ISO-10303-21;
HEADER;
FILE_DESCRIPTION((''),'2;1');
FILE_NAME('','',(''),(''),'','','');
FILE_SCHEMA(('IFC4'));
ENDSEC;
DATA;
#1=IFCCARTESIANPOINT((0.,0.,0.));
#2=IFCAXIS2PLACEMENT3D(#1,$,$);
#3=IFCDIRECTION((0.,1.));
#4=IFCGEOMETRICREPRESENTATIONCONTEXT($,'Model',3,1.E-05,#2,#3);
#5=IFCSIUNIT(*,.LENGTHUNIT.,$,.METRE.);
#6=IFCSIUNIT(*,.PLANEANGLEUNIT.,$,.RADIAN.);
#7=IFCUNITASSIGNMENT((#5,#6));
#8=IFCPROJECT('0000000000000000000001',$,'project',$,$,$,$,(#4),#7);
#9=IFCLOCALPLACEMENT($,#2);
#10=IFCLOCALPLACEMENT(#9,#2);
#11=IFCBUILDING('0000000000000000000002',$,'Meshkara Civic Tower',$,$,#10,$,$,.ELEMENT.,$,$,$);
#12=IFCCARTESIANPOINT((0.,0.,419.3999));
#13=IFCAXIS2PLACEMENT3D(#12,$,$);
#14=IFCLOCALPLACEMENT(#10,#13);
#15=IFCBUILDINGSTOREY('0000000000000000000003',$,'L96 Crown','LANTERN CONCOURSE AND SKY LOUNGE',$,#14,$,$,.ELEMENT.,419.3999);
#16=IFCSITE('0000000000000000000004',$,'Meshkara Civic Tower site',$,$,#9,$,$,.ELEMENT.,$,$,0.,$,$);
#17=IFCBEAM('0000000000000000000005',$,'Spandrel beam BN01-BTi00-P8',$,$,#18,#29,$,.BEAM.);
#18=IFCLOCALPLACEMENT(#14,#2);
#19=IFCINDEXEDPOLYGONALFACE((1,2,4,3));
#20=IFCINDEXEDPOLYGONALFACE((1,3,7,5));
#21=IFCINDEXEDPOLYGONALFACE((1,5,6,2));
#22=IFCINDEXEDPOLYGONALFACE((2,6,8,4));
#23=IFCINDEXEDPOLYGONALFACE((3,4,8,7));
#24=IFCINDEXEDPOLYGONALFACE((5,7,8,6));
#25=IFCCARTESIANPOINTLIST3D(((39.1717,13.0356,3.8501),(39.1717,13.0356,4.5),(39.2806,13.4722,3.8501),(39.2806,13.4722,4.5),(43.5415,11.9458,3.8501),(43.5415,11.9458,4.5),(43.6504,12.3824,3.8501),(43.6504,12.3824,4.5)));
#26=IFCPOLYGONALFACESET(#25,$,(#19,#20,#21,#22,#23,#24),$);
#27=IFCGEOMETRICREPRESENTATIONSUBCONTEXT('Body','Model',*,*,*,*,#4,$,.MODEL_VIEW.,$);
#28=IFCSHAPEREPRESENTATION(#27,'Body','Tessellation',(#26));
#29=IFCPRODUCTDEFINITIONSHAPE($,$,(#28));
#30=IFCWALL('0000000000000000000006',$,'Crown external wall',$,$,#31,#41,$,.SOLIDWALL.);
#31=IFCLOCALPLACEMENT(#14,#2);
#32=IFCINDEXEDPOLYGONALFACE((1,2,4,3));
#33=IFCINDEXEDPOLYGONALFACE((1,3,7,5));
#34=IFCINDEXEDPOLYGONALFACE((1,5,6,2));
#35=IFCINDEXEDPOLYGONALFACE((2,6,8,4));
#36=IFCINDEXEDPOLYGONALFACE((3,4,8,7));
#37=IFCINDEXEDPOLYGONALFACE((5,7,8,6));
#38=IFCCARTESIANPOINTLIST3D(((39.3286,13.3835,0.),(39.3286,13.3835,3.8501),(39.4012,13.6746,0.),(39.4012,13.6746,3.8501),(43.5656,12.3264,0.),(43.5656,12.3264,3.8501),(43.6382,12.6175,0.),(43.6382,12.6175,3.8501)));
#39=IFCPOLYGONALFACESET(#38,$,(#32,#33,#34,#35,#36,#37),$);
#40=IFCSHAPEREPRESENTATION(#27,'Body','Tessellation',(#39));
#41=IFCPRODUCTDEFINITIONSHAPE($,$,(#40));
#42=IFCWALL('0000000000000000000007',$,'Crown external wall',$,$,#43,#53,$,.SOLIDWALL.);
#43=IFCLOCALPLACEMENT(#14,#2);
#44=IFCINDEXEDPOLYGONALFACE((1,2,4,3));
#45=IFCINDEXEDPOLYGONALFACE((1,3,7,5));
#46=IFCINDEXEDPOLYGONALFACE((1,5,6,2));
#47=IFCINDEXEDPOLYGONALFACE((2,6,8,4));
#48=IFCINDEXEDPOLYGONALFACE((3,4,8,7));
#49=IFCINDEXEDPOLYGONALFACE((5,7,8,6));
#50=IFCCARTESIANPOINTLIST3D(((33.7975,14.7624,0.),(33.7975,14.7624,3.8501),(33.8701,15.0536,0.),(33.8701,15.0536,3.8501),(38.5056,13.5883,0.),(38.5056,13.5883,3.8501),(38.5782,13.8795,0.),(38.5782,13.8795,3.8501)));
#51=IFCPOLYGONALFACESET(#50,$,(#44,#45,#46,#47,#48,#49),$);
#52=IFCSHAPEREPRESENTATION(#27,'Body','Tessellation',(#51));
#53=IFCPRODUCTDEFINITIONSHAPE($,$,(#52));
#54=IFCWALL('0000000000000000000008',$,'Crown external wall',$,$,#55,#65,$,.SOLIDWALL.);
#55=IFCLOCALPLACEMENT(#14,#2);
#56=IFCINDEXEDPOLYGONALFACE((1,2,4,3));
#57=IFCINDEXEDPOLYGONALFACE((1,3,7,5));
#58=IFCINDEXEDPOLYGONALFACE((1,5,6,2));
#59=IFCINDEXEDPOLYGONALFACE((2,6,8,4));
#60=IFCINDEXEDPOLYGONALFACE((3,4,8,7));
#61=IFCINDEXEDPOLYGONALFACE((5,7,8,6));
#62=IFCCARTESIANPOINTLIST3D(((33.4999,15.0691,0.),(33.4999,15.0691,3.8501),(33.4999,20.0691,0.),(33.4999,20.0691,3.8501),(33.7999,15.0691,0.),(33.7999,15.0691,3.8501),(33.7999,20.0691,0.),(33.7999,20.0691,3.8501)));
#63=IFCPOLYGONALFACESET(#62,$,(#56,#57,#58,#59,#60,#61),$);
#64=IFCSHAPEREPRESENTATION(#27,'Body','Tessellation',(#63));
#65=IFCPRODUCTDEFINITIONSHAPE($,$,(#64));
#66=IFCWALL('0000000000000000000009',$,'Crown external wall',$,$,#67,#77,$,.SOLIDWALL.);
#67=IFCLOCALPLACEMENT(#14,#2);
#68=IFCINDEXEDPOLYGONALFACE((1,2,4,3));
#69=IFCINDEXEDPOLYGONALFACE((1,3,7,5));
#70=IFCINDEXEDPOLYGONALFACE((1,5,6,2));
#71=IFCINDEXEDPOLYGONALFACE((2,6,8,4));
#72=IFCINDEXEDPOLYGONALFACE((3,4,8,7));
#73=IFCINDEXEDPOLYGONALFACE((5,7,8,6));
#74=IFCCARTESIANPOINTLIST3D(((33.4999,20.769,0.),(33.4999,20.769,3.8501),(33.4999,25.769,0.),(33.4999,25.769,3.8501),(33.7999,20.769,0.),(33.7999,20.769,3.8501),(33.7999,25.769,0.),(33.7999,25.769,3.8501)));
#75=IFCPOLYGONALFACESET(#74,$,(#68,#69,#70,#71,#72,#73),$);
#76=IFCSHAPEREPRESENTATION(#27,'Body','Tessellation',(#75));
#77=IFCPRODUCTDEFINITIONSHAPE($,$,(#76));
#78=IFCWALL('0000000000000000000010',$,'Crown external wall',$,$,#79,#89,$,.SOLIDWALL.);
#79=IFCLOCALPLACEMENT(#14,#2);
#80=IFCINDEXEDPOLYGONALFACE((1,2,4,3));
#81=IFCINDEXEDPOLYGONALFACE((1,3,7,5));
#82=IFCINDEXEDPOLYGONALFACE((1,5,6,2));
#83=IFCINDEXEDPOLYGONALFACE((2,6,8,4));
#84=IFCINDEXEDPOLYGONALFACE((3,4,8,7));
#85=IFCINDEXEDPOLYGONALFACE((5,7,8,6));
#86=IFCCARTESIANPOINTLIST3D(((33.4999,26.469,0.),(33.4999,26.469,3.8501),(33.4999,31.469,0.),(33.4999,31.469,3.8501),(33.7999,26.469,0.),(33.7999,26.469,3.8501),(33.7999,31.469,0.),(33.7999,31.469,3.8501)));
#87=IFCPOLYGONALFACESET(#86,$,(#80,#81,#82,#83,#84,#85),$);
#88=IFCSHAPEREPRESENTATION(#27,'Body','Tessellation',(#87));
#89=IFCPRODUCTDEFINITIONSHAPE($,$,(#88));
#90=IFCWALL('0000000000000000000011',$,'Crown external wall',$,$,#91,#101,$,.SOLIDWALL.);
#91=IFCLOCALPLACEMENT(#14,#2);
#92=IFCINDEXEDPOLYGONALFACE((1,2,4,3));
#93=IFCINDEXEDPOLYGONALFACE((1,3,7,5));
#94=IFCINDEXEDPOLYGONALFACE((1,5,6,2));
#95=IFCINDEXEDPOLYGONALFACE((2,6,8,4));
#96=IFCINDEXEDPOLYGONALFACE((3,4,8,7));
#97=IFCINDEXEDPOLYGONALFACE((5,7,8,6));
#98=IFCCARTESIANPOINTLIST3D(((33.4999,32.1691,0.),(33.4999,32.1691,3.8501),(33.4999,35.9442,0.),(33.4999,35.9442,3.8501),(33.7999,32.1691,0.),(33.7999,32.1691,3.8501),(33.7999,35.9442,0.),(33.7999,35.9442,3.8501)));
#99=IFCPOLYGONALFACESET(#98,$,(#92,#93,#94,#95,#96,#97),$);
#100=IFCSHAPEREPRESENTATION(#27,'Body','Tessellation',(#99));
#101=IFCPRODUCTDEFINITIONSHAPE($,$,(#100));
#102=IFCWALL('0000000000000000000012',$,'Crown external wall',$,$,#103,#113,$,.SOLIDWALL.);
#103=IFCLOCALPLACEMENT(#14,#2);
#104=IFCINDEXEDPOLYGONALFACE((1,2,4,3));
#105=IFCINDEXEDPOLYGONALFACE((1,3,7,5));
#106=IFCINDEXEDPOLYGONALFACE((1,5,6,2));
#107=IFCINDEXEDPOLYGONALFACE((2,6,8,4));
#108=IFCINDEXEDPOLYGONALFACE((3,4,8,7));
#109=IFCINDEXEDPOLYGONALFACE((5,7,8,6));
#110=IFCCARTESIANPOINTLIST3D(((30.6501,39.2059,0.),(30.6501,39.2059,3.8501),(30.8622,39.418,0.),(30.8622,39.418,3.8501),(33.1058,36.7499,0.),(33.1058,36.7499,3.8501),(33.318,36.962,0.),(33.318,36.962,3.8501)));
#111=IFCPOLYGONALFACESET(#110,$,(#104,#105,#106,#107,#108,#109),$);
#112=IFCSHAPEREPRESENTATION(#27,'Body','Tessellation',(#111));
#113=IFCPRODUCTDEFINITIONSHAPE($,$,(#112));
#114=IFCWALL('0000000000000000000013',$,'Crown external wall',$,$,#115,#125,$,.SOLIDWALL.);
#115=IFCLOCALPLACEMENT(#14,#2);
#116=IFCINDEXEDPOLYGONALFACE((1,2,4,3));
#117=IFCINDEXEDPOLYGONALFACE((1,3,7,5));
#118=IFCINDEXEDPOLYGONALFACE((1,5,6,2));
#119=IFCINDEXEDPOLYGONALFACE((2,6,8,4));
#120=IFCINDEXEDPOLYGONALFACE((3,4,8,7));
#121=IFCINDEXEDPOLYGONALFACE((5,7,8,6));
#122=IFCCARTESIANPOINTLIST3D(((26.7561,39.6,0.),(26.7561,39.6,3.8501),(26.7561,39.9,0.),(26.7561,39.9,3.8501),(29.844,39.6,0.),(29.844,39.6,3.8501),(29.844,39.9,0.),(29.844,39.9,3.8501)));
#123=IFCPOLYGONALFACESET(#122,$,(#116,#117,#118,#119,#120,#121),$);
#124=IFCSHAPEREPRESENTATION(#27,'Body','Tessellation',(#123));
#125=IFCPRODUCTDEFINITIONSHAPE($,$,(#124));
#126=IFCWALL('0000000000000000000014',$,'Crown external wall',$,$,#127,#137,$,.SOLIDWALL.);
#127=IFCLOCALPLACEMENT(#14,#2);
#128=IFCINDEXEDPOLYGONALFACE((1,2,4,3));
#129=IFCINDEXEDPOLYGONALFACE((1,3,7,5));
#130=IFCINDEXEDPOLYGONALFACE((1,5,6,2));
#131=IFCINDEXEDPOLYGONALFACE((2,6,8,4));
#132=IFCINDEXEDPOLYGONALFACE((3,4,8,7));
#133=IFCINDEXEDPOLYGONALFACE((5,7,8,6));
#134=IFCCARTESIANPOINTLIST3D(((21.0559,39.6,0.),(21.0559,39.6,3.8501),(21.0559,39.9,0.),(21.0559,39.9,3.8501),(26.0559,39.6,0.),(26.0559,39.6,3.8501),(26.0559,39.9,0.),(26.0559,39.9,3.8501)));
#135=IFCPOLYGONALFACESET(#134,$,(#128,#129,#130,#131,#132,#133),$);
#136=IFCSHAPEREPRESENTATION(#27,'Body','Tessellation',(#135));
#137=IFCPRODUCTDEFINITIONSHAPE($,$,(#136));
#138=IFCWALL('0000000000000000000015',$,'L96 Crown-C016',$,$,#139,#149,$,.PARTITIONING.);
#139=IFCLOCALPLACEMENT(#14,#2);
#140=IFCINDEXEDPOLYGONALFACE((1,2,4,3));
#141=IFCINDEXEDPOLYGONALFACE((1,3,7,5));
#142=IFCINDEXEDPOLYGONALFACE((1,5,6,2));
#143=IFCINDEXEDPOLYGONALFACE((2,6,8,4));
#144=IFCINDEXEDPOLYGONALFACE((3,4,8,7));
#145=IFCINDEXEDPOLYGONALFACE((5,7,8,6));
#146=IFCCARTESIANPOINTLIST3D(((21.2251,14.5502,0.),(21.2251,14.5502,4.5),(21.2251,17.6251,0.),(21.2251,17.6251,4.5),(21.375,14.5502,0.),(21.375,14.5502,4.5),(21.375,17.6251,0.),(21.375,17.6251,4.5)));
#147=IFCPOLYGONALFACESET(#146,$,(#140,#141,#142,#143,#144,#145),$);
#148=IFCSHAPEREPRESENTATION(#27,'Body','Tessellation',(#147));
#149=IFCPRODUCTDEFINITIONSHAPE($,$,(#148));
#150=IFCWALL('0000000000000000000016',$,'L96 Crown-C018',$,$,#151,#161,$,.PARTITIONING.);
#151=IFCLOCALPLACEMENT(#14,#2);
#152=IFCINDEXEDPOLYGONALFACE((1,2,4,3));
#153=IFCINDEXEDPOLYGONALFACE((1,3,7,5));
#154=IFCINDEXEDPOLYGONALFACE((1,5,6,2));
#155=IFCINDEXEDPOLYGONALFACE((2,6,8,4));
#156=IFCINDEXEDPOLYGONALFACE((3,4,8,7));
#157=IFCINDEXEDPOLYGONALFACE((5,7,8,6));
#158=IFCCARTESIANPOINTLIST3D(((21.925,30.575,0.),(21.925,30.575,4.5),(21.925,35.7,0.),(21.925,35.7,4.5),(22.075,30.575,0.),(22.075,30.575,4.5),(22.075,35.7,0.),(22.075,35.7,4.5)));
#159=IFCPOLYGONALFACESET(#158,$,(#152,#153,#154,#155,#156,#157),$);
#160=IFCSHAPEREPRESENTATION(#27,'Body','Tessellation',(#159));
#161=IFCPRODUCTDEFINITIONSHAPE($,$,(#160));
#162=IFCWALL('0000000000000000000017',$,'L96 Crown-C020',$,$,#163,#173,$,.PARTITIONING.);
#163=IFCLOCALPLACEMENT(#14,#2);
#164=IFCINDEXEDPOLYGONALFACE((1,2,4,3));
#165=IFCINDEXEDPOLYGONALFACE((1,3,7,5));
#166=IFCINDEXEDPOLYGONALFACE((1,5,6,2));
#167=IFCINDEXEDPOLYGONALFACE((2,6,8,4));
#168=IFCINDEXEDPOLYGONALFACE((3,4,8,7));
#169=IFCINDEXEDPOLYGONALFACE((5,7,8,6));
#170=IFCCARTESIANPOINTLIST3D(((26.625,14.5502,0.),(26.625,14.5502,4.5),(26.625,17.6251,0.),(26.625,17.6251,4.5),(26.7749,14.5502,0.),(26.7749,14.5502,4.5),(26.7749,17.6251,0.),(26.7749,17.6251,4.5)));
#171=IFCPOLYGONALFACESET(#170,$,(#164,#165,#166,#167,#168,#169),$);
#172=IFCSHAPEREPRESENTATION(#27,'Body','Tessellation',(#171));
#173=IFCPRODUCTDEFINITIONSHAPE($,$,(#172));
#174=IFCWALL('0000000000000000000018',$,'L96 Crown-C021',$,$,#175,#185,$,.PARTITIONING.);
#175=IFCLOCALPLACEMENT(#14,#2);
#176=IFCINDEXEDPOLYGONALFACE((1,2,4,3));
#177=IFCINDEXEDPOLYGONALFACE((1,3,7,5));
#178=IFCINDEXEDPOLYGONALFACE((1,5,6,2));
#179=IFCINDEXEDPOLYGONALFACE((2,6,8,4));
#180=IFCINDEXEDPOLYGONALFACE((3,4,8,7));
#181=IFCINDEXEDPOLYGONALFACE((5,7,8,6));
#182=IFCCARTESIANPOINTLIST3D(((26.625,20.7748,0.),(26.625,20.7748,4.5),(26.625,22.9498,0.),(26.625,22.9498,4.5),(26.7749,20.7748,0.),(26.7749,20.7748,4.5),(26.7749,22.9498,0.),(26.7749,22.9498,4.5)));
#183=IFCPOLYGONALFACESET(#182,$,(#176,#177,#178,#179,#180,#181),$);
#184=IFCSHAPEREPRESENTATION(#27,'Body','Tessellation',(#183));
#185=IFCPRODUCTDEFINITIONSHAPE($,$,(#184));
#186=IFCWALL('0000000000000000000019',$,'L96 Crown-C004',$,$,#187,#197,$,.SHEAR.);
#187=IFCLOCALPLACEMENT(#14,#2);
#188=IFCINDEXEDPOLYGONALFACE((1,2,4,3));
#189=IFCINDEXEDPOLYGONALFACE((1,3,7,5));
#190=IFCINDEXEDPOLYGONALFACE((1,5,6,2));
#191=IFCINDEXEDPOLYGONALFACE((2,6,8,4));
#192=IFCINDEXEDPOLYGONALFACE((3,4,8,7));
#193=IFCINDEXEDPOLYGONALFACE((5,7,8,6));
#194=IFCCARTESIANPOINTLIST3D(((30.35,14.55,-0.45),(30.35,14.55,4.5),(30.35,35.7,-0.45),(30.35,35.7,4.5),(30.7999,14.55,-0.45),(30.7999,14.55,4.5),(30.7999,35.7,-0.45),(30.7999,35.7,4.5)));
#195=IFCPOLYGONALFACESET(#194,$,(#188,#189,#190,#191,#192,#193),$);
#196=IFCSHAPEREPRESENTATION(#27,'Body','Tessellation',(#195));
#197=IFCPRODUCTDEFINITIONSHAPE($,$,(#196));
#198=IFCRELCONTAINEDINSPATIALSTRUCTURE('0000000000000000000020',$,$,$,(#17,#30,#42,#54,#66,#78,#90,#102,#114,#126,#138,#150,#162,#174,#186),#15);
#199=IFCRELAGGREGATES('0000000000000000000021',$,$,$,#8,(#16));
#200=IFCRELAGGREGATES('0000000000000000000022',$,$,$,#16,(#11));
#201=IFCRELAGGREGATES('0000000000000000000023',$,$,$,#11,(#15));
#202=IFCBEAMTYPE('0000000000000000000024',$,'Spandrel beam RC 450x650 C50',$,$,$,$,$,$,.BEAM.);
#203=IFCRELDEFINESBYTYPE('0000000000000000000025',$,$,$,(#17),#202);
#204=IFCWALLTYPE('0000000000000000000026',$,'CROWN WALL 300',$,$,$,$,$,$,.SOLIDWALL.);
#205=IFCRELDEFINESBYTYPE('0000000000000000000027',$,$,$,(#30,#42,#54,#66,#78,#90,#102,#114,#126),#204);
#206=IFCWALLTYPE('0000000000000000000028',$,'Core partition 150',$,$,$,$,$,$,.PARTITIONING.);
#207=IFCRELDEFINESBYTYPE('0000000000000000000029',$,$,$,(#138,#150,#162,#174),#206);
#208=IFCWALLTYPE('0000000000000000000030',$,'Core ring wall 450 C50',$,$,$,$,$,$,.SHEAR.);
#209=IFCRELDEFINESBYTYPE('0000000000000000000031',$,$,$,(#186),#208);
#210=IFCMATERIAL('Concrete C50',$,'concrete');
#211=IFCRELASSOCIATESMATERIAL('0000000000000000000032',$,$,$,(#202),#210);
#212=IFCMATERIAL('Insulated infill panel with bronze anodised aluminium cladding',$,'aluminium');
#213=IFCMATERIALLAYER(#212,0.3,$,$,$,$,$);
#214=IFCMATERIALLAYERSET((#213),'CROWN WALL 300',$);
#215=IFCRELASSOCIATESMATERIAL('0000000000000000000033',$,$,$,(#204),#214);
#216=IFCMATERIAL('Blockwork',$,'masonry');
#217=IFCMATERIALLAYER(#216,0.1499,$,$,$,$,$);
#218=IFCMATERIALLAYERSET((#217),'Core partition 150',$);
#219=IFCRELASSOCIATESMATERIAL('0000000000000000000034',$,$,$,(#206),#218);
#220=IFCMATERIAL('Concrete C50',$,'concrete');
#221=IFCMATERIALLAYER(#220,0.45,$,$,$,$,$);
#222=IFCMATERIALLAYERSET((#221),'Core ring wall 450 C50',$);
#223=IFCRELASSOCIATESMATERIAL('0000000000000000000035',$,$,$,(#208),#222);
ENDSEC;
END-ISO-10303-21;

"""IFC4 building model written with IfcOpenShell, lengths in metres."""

from ifc_helpers import new_model, si_unit, direction, frame, frame_2d, origin, origin_2d, place, context, subcontext, project, spatial, rectangle, extrude, material, layer, layer_set, material_profile, profile_set, type_object, element, save


model = new_model("IFC4")

# Units and contexts
model_context = context("Model", 3, precision=1e-05, world=origin(), true_north=direction((0.0, 1.0)))
body_context = subcontext(model_context, "Body", "Model", "MODEL_VIEW")
ifc_project = project(units=[si_unit("LENGTHUNIT", "METRE"), si_unit("PLANEANGLEUNIT", "RADIAN")], contexts=[model_context])

# Site, building, storey
site_placement = place(None, origin())
site = spatial("IfcSite", under=ifc_project, at=site_placement, Name="Meshkara Civic Tower site", CompositionType="ELEMENT", RefElevation=0.0)
building_placement = place(site_placement, origin())
building = spatial("IfcBuilding", under=site, at=building_placement, Name="Meshkara Civic Tower", CompositionType="ELEMENT")
storey_placement = place(building_placement, frame((0.0, 0.0, 419.3999)))
storey = spatial("IfcBuildingStorey", under=building, at=storey_placement, Name="L96 Crown", Description="LANTERN CONCOURSE AND SKY LOUNGE", CompositionType="ELEMENT", Elevation=419.3999)

# Beam
ifc_material_1 = material(Name="Concrete C50", Category="concrete")
ifc_material_profile_1 = material_profile(ifc_material_1, rectangle(XDim=0.45, YDim=0.6499, at=origin_2d()))
ifc_profile_set_1 = profile_set([ifc_material_profile_1], Name="Concrete C50")
beam_type = type_object("IfcBeamType", Name="Spandrel beam RC 450x650 C50", PredefinedType="BEAM", material=ifc_profile_set_1)
beam_1_placement = place(storey_placement, frame((43.5959, 12.1641, 4.175), z_axis=(-0.970279, 0.241987, 0.0), x_axis=(-0.241987, -0.970279, 0.0)))
element("IfcBeam", 1, at=beam_1_placement, inside=storey, type_object=beam_type, Name="Spandrel beam BN01-BTi00-P8", PredefinedType="BEAM", context=body_context, shape_type="SweptSolid", body=[
    extrude(rectangle(XDim=0.45, YDim=0.6499, at=origin_2d()), origin(), (0.0, 0.0, 1.0), 4.5037),
])

# Walls
ifc_material_2 = material(Name="Insulated infill panel with bronze anodised aluminium cladding", Category="aluminium")
ifc_layer_1 = layer(ifc_material_2, 0.3)
ifc_layer_set_1 = layer_set([ifc_layer_1], Name="CROWN WALL 300")
wall_type_1 = type_object("IfcWallType", Name="CROWN WALL 300", PredefinedType="SOLIDWALL", material=ifc_layer_set_1)
wall_1_placement = place(storey_placement, frame((43.6021, 12.4719, 0.0), z_axis=(0.0, 0.0, 1.0), x_axis=(-0.970257, 0.242075, 0.0)))
element("IfcWall", 2, at=wall_1_placement, inside=storey, type_object=wall_type_1, Name="Crown external wall", PredefinedType="SOLIDWALL", context=body_context, shape_type="SweptSolid", body=[
    extrude(rectangle(XDim=4.3669, YDim=0.3, at=frame_2d((2.1836, 0.0))), origin(), (0.0, 0.0, 1.0), 3.8501),
])
wall_2_placement = place(storey_placement, frame((38.542, 13.7339, 0.0), z_axis=(0.0, 0.0, 1.0), x_axis=(-0.970284, 0.241967, 0.0)))
element("IfcWall", 3, at=wall_2_placement, inside=storey, type_object=wall_type_1, Name="Crown external wall", PredefinedType="SOLIDWALL", context=body_context, shape_type="SweptSolid", body=[
    extrude(rectangle(XDim=4.8523, YDim=0.3, at=frame_2d((2.4263, 0.0))), origin(), (0.0, 0.0, 1.0), 3.8501),
])
for number, where, z_axis, x_axis, name in (
    (4, (33.6499, 15.0691, 0.0), (0.0, 0.0, 1.0), (0.0, 1.0, 0.0), "Crown external wall"),
    (5, (33.6499, 20.769, 0.0), (0.0, 0.0, 1.0), (0.0, 1.0, 0.0), "Crown external wall"),
    (6, (33.6499, 26.469, 0.0), (0.0, 0.0, 1.0), (0.0, 1.0, 0.0), "Crown external wall"),
):
    element("IfcWall", number, at=place(storey_placement, frame(where, z_axis=z_axis, x_axis=x_axis)), inside=storey, type_object=wall_type_1, Name=name, PredefinedType="SOLIDWALL", context=body_context, shape_type="SweptSolid", body=[
        extrude(rectangle(XDim=5.0, YDim=0.3, at=frame_2d((2.5, 0.0))), origin(), (0.0, 0.0, 1.0), 3.8501),
    ])
wall_3_placement = place(storey_placement, frame((33.6499, 32.1689, 0.0), z_axis=(0.0, 0.0, 1.0), x_axis=(0.0, 1.0, 0.0)))
element("IfcWall", 7, at=wall_3_placement, inside=storey, type_object=wall_type_1, Name="Crown external wall", PredefinedType="SOLIDWALL", context=body_context, shape_type="SweptSolid", body=[
    extrude(rectangle(XDim=3.7751, YDim=0.3, at=frame_2d((1.8877, 0.0))), origin(), (0.0, 0.0, 1.0), 3.8501),
])
wall_4_placement = place(storey_placement, frame((33.2119, 36.856, 0.0), z_axis=(0.0, 0.0, 1.0), x_axis=(-0.707072, 0.707142, 0.0)))
element("IfcWall", 8, at=wall_4_placement, inside=storey, type_object=wall_type_1, Name="Crown external wall", PredefinedType="SOLIDWALL", context=body_context, shape_type="SweptSolid", body=[
    extrude(rectangle(XDim=3.4731, YDim=0.3, at=frame_2d((1.7366, 0.0))), origin(), (0.0, 0.0, 1.0), 3.8501),
])
wall_5_placement = place(storey_placement, frame((29.844, 39.75, 0.0), z_axis=(0.0, 0.0, 1.0), x_axis=(-1.0, 0.0, 0.0)))
element("IfcWall", 9, at=wall_5_placement, inside=storey, type_object=wall_type_1, Name="Crown external wall", PredefinedType="SOLIDWALL", context=body_context, shape_type="SweptSolid", body=[
    extrude(rectangle(XDim=3.0879, YDim=0.3, at=frame_2d((1.5439, 0.0))), origin(), (0.0, 0.0, 1.0), 3.8501),
])
wall_6_placement = place(storey_placement, frame((26.0559, 39.75, 0.0), z_axis=(0.0, 0.0, 1.0), x_axis=(-1.0, 0.0, 0.0)))
element("IfcWall", 10, at=wall_6_placement, inside=storey, type_object=wall_type_1, Name="Crown external wall", PredefinedType="SOLIDWALL", context=body_context, shape_type="SweptSolid", body=[
    extrude(rectangle(XDim=5.0, YDim=0.3, at=frame_2d((2.5, 0.0))), origin(), (0.0, 0.0, 1.0), 3.8501),
])
ifc_material_3 = material(Name="Blockwork", Category="masonry")
ifc_layer_2 = layer(ifc_material_3, 0.1499)
ifc_layer_set_2 = layer_set([ifc_layer_2], Name="Core partition 150")
wall_type_2 = type_object("IfcWallType", Name="Core partition 150", PredefinedType="PARTITIONING", material=ifc_layer_set_2)
wall_7_placement = place(storey_placement, frame((21.3, 14.55, 0.0), z_axis=(0.0, 0.0, 1.0), x_axis=(0.0, 1.0, 0.0)))
element("IfcWall", 11, at=wall_7_placement, inside=storey, type_object=wall_type_2, Name="L96 Crown-C016", PredefinedType="PARTITIONING", context=body_context, shape_type="SweptSolid", body=[
    extrude(rectangle(XDim=3.075, YDim=0.1499, at=frame_2d((1.5376, 0.0))), origin(), (0.0, 0.0, 1.0), 4.5),
])
wall_8_placement = place(storey_placement, frame((22.0, 30.575, 0.0), z_axis=(0.0, 0.0, 1.0), x_axis=(0.0, 1.0, 0.0)))
element("IfcWall", 12, at=wall_8_placement, inside=storey, type_object=wall_type_2, Name="L96 Crown-C018", PredefinedType="PARTITIONING", context=body_context, shape_type="SweptSolid", body=[
    extrude(rectangle(XDim=5.125, YDim=0.1499, at=frame_2d((2.5625, 0.0))), origin(), (0.0, 0.0, 1.0), 4.5),
])
wall_9_placement = place(storey_placement, frame((26.7, 14.55, 0.0), z_axis=(0.0, 0.0, 1.0), x_axis=(0.0, 1.0, 0.0)))
element("IfcWall", 13, at=wall_9_placement, inside=storey, type_object=wall_type_2, Name="L96 Crown-C020", PredefinedType="PARTITIONING", context=body_context, shape_type="SweptSolid", body=[
    extrude(rectangle(XDim=3.075, YDim=0.1499, at=frame_2d((1.5376, 0.0))), origin(), (0.0, 0.0, 1.0), 4.5),
])
wall_10_placement = place(storey_placement, frame((26.7, 20.7749, 0.0), z_axis=(0.0, 0.0, 1.0), x_axis=(0.0, 1.0, 0.0)))
element("IfcWall", 14, at=wall_10_placement, inside=storey, type_object=wall_type_2, Name="L96 Crown-C021", PredefinedType="PARTITIONING", context=body_context, shape_type="SweptSolid", body=[
    extrude(rectangle(XDim=2.175, YDim=0.1499, at=frame_2d((1.0874, 0.0))), origin(), (0.0, 0.0, 1.0), 4.5),
])
ifc_material_4 = material(Name="Concrete C50", Category="concrete")
ifc_layer_3 = layer(ifc_material_4, 0.45)
ifc_layer_set_3 = layer_set([ifc_layer_3], Name="Core ring wall 450 C50")
wall_type_3 = type_object("IfcWallType", Name="Core ring wall 450 C50", PredefinedType="SHEAR", material=ifc_layer_set_3)
wall_11_placement = place(storey_placement, frame((30.575, 14.55, -0.45), z_axis=(0.0, 0.0, 1.0), x_axis=(0.0, 1.0, 0.0)))
element("IfcWall", 15, at=wall_11_placement, inside=storey, type_object=wall_type_3, Name="L96 Crown-C004", PredefinedType="SHEAR", context=body_context, shape_type="SweptSolid", body=[
    extrude(rectangle(XDim=21.1499, YDim=0.45, at=frame_2d((10.575, 0.0))), origin(), (0.0, 0.0, 1.0), 4.95),
])

save(model, "model.ifc")
